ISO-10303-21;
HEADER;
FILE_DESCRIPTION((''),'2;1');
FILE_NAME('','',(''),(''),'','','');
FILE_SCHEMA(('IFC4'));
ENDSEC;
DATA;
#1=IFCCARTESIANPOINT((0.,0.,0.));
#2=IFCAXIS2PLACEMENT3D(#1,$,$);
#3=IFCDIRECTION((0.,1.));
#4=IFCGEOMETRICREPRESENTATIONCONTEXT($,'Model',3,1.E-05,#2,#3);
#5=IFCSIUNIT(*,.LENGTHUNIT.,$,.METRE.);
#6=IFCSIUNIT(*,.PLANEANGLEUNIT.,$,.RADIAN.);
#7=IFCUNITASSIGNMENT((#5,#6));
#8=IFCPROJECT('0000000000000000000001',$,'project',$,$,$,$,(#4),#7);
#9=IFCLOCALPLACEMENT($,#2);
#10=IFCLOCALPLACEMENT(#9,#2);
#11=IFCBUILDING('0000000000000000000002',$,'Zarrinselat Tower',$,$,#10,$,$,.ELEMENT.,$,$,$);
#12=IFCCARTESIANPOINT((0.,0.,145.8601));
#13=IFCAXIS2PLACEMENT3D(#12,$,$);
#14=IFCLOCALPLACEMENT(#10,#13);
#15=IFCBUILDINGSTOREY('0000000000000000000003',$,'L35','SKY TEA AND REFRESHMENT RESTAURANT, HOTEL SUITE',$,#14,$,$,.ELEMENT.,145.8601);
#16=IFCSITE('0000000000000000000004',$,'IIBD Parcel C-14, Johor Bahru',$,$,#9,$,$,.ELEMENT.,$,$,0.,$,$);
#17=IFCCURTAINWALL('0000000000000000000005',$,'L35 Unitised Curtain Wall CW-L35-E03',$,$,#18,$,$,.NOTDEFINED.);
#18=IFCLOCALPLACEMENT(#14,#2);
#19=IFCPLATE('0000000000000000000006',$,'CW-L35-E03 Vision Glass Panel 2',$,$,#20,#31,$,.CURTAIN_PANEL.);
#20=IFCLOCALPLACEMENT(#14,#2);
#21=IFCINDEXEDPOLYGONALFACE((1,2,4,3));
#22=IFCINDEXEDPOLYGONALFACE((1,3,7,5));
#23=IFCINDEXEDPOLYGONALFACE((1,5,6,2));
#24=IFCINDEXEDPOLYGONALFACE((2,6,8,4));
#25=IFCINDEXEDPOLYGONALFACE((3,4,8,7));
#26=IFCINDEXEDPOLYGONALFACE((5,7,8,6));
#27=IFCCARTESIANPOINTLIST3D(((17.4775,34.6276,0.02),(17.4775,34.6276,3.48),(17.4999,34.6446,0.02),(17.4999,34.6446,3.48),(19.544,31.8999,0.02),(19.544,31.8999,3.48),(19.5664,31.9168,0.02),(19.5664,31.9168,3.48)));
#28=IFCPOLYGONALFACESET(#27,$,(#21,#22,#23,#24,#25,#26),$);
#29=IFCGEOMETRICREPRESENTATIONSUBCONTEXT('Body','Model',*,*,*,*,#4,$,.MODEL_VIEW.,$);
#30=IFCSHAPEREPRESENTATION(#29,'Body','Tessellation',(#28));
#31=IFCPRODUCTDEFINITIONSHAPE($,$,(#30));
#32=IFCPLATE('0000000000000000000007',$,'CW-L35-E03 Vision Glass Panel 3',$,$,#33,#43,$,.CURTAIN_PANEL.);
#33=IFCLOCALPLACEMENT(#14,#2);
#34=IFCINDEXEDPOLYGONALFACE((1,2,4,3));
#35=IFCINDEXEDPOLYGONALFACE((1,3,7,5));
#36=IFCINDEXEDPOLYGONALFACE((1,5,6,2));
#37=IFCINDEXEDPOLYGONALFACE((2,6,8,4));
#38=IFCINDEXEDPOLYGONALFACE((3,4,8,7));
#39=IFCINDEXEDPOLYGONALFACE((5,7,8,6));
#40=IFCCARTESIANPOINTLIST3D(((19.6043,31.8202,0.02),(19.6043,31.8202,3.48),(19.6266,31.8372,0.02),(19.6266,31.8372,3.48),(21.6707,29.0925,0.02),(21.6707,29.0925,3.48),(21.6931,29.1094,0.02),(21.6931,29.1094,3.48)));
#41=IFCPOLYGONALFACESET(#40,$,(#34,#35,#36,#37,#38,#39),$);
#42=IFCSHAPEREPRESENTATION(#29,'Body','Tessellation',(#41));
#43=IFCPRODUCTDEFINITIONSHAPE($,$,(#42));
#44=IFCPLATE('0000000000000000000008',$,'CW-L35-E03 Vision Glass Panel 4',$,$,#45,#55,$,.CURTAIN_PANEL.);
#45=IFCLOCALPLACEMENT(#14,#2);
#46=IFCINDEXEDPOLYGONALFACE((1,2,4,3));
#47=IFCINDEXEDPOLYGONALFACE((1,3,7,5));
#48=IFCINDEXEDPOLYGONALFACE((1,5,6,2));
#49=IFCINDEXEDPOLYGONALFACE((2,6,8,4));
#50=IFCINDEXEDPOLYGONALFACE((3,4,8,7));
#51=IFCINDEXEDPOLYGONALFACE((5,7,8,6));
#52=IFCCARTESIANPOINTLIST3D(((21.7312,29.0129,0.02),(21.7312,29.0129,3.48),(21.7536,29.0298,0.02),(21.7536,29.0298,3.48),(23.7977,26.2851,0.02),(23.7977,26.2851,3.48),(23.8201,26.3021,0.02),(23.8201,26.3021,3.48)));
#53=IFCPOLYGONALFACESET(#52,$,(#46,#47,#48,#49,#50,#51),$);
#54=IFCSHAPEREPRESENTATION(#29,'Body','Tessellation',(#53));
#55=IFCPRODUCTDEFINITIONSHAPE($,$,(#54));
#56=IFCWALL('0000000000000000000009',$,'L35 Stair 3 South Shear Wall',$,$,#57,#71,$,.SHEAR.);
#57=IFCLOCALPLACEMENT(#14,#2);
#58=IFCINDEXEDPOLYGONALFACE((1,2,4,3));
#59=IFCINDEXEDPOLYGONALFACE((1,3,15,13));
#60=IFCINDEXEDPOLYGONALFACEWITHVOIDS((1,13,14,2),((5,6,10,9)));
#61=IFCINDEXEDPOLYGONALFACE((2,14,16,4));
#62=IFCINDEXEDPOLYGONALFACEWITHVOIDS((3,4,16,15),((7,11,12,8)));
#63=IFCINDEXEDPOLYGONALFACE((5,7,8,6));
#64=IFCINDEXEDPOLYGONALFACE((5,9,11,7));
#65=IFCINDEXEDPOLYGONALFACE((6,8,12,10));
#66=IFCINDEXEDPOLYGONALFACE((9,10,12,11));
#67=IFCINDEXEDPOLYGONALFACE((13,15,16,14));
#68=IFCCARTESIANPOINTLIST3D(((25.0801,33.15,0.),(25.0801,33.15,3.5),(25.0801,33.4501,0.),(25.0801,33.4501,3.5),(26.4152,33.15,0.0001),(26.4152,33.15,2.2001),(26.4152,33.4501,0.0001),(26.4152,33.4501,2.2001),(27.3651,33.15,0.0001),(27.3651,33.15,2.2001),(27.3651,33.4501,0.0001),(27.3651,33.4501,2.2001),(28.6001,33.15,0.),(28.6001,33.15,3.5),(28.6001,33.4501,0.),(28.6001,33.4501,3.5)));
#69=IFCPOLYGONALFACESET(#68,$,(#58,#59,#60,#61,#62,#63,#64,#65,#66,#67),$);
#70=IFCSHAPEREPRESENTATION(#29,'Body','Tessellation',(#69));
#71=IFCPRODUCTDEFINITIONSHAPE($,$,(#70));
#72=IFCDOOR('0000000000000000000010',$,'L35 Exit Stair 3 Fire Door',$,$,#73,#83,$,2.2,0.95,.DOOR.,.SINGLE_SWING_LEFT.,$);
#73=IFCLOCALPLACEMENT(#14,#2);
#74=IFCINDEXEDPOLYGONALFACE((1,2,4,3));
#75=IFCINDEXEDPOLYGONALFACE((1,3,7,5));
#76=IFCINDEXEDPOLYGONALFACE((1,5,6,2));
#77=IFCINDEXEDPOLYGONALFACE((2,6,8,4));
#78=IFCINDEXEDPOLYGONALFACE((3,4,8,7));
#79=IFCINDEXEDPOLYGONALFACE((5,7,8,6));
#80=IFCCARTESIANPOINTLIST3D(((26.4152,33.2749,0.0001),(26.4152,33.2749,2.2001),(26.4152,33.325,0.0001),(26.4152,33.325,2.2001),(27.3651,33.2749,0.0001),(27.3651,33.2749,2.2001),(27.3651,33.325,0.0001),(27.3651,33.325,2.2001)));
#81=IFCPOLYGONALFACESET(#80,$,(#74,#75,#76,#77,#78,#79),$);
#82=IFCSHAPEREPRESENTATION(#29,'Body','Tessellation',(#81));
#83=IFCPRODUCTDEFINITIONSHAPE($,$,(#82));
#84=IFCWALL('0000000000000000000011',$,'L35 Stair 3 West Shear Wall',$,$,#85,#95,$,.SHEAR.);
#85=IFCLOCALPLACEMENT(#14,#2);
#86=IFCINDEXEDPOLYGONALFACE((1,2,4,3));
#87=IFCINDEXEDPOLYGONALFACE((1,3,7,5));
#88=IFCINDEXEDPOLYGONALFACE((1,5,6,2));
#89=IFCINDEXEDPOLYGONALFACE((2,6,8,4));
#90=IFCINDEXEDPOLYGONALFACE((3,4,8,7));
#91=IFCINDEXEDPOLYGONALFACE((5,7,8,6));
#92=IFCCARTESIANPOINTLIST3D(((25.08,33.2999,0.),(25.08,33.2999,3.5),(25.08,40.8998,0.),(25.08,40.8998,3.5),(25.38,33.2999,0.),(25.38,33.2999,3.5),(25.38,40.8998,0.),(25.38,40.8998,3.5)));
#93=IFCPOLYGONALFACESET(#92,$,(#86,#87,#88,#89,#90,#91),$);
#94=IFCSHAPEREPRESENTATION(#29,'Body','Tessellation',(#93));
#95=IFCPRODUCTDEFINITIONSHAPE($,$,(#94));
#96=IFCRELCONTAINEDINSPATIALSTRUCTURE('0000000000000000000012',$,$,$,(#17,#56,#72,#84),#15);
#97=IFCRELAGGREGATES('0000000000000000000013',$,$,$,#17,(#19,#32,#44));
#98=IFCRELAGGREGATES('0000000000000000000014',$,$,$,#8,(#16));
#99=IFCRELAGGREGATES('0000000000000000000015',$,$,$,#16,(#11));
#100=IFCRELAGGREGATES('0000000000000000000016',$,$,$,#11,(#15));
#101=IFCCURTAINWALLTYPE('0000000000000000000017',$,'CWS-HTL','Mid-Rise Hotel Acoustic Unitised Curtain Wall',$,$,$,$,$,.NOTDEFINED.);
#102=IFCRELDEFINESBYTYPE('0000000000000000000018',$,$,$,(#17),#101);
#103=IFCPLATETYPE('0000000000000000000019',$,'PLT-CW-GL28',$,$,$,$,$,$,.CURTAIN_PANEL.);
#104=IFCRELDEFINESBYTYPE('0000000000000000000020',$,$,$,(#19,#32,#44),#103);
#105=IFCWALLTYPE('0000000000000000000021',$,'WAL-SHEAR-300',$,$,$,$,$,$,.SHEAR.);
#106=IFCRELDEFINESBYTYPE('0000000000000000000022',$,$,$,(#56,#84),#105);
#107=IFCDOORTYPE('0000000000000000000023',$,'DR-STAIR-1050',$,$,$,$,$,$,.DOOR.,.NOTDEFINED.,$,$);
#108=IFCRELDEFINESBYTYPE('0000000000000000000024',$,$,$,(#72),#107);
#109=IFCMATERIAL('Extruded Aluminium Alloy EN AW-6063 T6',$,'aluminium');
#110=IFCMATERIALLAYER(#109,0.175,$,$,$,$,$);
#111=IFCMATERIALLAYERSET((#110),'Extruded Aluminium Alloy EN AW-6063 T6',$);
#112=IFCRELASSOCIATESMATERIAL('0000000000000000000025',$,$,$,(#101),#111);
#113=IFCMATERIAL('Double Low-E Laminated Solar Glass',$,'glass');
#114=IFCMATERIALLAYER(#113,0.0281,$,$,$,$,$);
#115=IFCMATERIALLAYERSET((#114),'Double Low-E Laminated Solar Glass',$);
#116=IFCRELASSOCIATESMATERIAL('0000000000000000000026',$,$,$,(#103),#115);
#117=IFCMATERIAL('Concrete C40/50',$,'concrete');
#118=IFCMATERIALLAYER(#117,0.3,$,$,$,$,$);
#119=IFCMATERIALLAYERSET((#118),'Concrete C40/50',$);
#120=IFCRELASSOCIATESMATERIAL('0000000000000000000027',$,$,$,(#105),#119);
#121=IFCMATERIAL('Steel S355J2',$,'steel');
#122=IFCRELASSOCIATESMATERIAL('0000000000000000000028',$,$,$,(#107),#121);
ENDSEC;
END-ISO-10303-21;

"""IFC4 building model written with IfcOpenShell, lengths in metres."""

from ifc_helpers import new_model, si_unit, direction, frame, frame_2d, origin, origin_2d, place, context, subcontext, project, spatial, rectangle, extrude, material, layer, layer_set, type_object, element, fill, aggregate, save


model = new_model("IFC4")

# Units and contexts
model_context = context("Model", 3, precision=1e-05, world=origin(), true_north=direction((0.0, 1.0)))
body_context = subcontext(model_context, "Body", "Model", "MODEL_VIEW")
ifc_project = project(units=[si_unit("LENGTHUNIT", "METRE"), si_unit("PLANEANGLEUNIT", "RADIAN")], contexts=[model_context])

# Site, building, storey
site_placement = place(None, origin())
site = spatial("IfcSite", under=ifc_project, at=site_placement, Name="IIBD Parcel C-14, Johor Bahru", CompositionType="ELEMENT", RefElevation=0.0)
building_placement = place(site_placement, origin())
building = spatial("IfcBuilding", under=site, at=building_placement, Name="Zarrinselat Tower", CompositionType="ELEMENT")
storey_placement = place(building_placement, frame((0.0, 0.0, 145.8601)))
storey = spatial("IfcBuildingStorey", under=building, at=storey_placement, Name="L35", Description="SKY TEA AND REFRESHMENT RESTAURANT, HOTEL SUITE", CompositionType="ELEMENT", Elevation=145.8601)

# Curtain wall, plates
ifc_material_1 = material(Name="Extruded Aluminium Alloy EN AW-6063 T6", Category="aluminium")
ifc_layer_1 = layer(ifc_material_1, 0.175)
ifc_layer_set_1 = layer_set([ifc_layer_1], Name="Extruded Aluminium Alloy EN AW-6063 T6")
curtain_wall_type = type_object("IfcCurtainWallType", Name="CWS-HTL", Description="Mid-Rise Hotel Acoustic Unitised Curtain Wall", PredefinedType="NOTDEFINED", material=ifc_layer_set_1)
curtain_wall_placement = place(storey_placement, origin())
curtain_wall = element("IfcCurtainWall", 1, at=curtain_wall_placement, inside=storey, type_object=curtain_wall_type, Name="L35 Unitised Curtain Wall CW-L35-E03", PredefinedType="NOTDEFINED")
ifc_material_2 = material(Name="Double Low-E Laminated Solar Glass", Category="glass")
ifc_layer_2 = layer(ifc_material_2, 0.0281)
ifc_layer_set_2 = layer_set([ifc_layer_2], Name="Double Low-E Laminated Solar Glass")
plate_type = type_object("IfcPlateType", Name="PLT-CW-GL28", PredefinedType="CURTAIN_PANEL", material=ifc_layer_set_2)
plate_1_placement = place(storey_placement, frame((18.522, 33.2722, 0.02), z_axis=(0.0, 0.0, 1.0), x_axis=(0.603857, -0.797093, 0.0)))
plate_1 = element("IfcPlate", 2, at=plate_1_placement, type_object=plate_type, Name="CW-L35-E03 Vision Glass Panel 2", PredefinedType="CURTAIN_PANEL", context=body_context, shape_type="SweptSolid", body=[
    extrude(rectangle(XDim=3.4221, YDim=0.0281, at=origin_2d()), origin(), (0.0, 0.0, 1.0), 3.46),
])
plate_2_placement = place(storey_placement, frame((20.6487, 30.4648, 0.02), z_axis=(0.0, 0.0, 1.0), x_axis=(0.603857, -0.797093, 0.0)))
plate_2 = element("IfcPlate", 3, at=plate_2_placement, type_object=plate_type, Name="CW-L35-E03 Vision Glass Panel 3", PredefinedType="CURTAIN_PANEL", context=body_context, shape_type="SweptSolid", body=[
    extrude(rectangle(XDim=3.4221, YDim=0.0281, at=origin_2d()), origin(), (0.0, 0.0, 1.0), 3.46),
])
plate_3_placement = place(storey_placement, frame((22.7756, 27.6575, 0.02), z_axis=(0.0, 0.0, 1.0), x_axis=(0.603857, -0.797093, 0.0)))
plate_3 = element("IfcPlate", 4, at=plate_3_placement, type_object=plate_type, Name="CW-L35-E03 Vision Glass Panel 4", PredefinedType="CURTAIN_PANEL", context=body_context, shape_type="SweptSolid", body=[
    extrude(rectangle(XDim=3.4221, YDim=0.0281, at=origin_2d()), origin(), (0.0, 0.0, 1.0), 3.46),
])
aggregate(curtain_wall, [plate_1, plate_2, plate_3])

# Wall, opening, door
ifc_material_3 = material(Name="Concrete C40/50", Category="concrete")
ifc_layer_3 = layer(ifc_material_3, 0.3)
ifc_layer_set_3 = layer_set([ifc_layer_3], Name="Concrete C40/50")
wall_type = type_object("IfcWallType", Name="WAL-SHEAR-300", PredefinedType="SHEAR", material=ifc_layer_set_3)
wall_1_placement = place(storey_placement, frame((25.0801, 33.3, 0.0), z_axis=(0.0, 0.0, 1.0), x_axis=(1.0, 0.0, 0.0)))
wall_1 = element("IfcWall", 5, at=wall_1_placement, inside=storey, type_object=wall_type, Name="L35 Stair 3 South Shear Wall", PredefinedType="SHEAR", context=body_context, shape_type="SweptSolid", body=[
    extrude(rectangle(XDim=3.52, YDim=0.3, at=frame_2d((1.76, 0.0))), origin(), (0.0, 0.0, 1.0), 3.5),
])
opening_placement = place(wall_1_placement, frame((1.335, 0.0, 0.0)))
opening = element("IfcOpeningElement", 6, at=opening_placement, cuts=wall_1, PredefinedType="OPENING", context=body_context, shape_type="SweptSolid", body=[
    extrude(rectangle(XDim=0.95, YDim=2.2, at=frame_2d((0.4751, 1.1001))), frame((0.0, 0.1599, 0.0), z_axis=(0.0, -1.0, 0.0), x_axis=(1.0, 0.0, 0.0)), (0.0, 0.0, 1.0), 0.3201),
])
ifc_material_4 = material(Name="Steel S355J2", Category="steel")
door_type = type_object("IfcDoorType", Name="DR-STAIR-1050", OperationType="NOTDEFINED", PredefinedType="DOOR", material=ifc_material_4)
door_placement = place(opening_placement, origin())
door = element("IfcDoor", 7, at=door_placement, inside=storey, type_object=door_type, Name="L35 Exit Stair 3 Fire Door", OperationType="SINGLE_SWING_LEFT", OverallHeight=2.2, OverallWidth=0.95, PredefinedType="DOOR", context=body_context, shape_type="SweptSolid", body=[
    extrude(rectangle(XDim=0.95, YDim=2.2, at=frame_2d((0.4751, 1.1001))), frame((0.0, 0.0249, 0.0), z_axis=(0.0, -1.0, 0.0), x_axis=(1.0, 0.0, 0.0)), (0.0, 0.0, 1.0), 0.05),
])
fill(opening, door)

# Wall
wall_2_placement = place(storey_placement, frame((25.23, 33.3, 0.0), z_axis=(0.0, 0.0, 1.0), x_axis=(0.0, 1.0, 0.0)))
element("IfcWall", 8, at=wall_2_placement, inside=storey, type_object=wall_type, Name="L35 Stair 3 West Shear Wall", PredefinedType="SHEAR", context=body_context, shape_type="SweptSolid", body=[
    extrude(rectangle(XDim=7.5999, YDim=0.3, at=frame_2d((3.7998, 0.0))), origin(), (0.0, 0.0, 1.0), 3.5),
])

save(model, "model.ifc")
